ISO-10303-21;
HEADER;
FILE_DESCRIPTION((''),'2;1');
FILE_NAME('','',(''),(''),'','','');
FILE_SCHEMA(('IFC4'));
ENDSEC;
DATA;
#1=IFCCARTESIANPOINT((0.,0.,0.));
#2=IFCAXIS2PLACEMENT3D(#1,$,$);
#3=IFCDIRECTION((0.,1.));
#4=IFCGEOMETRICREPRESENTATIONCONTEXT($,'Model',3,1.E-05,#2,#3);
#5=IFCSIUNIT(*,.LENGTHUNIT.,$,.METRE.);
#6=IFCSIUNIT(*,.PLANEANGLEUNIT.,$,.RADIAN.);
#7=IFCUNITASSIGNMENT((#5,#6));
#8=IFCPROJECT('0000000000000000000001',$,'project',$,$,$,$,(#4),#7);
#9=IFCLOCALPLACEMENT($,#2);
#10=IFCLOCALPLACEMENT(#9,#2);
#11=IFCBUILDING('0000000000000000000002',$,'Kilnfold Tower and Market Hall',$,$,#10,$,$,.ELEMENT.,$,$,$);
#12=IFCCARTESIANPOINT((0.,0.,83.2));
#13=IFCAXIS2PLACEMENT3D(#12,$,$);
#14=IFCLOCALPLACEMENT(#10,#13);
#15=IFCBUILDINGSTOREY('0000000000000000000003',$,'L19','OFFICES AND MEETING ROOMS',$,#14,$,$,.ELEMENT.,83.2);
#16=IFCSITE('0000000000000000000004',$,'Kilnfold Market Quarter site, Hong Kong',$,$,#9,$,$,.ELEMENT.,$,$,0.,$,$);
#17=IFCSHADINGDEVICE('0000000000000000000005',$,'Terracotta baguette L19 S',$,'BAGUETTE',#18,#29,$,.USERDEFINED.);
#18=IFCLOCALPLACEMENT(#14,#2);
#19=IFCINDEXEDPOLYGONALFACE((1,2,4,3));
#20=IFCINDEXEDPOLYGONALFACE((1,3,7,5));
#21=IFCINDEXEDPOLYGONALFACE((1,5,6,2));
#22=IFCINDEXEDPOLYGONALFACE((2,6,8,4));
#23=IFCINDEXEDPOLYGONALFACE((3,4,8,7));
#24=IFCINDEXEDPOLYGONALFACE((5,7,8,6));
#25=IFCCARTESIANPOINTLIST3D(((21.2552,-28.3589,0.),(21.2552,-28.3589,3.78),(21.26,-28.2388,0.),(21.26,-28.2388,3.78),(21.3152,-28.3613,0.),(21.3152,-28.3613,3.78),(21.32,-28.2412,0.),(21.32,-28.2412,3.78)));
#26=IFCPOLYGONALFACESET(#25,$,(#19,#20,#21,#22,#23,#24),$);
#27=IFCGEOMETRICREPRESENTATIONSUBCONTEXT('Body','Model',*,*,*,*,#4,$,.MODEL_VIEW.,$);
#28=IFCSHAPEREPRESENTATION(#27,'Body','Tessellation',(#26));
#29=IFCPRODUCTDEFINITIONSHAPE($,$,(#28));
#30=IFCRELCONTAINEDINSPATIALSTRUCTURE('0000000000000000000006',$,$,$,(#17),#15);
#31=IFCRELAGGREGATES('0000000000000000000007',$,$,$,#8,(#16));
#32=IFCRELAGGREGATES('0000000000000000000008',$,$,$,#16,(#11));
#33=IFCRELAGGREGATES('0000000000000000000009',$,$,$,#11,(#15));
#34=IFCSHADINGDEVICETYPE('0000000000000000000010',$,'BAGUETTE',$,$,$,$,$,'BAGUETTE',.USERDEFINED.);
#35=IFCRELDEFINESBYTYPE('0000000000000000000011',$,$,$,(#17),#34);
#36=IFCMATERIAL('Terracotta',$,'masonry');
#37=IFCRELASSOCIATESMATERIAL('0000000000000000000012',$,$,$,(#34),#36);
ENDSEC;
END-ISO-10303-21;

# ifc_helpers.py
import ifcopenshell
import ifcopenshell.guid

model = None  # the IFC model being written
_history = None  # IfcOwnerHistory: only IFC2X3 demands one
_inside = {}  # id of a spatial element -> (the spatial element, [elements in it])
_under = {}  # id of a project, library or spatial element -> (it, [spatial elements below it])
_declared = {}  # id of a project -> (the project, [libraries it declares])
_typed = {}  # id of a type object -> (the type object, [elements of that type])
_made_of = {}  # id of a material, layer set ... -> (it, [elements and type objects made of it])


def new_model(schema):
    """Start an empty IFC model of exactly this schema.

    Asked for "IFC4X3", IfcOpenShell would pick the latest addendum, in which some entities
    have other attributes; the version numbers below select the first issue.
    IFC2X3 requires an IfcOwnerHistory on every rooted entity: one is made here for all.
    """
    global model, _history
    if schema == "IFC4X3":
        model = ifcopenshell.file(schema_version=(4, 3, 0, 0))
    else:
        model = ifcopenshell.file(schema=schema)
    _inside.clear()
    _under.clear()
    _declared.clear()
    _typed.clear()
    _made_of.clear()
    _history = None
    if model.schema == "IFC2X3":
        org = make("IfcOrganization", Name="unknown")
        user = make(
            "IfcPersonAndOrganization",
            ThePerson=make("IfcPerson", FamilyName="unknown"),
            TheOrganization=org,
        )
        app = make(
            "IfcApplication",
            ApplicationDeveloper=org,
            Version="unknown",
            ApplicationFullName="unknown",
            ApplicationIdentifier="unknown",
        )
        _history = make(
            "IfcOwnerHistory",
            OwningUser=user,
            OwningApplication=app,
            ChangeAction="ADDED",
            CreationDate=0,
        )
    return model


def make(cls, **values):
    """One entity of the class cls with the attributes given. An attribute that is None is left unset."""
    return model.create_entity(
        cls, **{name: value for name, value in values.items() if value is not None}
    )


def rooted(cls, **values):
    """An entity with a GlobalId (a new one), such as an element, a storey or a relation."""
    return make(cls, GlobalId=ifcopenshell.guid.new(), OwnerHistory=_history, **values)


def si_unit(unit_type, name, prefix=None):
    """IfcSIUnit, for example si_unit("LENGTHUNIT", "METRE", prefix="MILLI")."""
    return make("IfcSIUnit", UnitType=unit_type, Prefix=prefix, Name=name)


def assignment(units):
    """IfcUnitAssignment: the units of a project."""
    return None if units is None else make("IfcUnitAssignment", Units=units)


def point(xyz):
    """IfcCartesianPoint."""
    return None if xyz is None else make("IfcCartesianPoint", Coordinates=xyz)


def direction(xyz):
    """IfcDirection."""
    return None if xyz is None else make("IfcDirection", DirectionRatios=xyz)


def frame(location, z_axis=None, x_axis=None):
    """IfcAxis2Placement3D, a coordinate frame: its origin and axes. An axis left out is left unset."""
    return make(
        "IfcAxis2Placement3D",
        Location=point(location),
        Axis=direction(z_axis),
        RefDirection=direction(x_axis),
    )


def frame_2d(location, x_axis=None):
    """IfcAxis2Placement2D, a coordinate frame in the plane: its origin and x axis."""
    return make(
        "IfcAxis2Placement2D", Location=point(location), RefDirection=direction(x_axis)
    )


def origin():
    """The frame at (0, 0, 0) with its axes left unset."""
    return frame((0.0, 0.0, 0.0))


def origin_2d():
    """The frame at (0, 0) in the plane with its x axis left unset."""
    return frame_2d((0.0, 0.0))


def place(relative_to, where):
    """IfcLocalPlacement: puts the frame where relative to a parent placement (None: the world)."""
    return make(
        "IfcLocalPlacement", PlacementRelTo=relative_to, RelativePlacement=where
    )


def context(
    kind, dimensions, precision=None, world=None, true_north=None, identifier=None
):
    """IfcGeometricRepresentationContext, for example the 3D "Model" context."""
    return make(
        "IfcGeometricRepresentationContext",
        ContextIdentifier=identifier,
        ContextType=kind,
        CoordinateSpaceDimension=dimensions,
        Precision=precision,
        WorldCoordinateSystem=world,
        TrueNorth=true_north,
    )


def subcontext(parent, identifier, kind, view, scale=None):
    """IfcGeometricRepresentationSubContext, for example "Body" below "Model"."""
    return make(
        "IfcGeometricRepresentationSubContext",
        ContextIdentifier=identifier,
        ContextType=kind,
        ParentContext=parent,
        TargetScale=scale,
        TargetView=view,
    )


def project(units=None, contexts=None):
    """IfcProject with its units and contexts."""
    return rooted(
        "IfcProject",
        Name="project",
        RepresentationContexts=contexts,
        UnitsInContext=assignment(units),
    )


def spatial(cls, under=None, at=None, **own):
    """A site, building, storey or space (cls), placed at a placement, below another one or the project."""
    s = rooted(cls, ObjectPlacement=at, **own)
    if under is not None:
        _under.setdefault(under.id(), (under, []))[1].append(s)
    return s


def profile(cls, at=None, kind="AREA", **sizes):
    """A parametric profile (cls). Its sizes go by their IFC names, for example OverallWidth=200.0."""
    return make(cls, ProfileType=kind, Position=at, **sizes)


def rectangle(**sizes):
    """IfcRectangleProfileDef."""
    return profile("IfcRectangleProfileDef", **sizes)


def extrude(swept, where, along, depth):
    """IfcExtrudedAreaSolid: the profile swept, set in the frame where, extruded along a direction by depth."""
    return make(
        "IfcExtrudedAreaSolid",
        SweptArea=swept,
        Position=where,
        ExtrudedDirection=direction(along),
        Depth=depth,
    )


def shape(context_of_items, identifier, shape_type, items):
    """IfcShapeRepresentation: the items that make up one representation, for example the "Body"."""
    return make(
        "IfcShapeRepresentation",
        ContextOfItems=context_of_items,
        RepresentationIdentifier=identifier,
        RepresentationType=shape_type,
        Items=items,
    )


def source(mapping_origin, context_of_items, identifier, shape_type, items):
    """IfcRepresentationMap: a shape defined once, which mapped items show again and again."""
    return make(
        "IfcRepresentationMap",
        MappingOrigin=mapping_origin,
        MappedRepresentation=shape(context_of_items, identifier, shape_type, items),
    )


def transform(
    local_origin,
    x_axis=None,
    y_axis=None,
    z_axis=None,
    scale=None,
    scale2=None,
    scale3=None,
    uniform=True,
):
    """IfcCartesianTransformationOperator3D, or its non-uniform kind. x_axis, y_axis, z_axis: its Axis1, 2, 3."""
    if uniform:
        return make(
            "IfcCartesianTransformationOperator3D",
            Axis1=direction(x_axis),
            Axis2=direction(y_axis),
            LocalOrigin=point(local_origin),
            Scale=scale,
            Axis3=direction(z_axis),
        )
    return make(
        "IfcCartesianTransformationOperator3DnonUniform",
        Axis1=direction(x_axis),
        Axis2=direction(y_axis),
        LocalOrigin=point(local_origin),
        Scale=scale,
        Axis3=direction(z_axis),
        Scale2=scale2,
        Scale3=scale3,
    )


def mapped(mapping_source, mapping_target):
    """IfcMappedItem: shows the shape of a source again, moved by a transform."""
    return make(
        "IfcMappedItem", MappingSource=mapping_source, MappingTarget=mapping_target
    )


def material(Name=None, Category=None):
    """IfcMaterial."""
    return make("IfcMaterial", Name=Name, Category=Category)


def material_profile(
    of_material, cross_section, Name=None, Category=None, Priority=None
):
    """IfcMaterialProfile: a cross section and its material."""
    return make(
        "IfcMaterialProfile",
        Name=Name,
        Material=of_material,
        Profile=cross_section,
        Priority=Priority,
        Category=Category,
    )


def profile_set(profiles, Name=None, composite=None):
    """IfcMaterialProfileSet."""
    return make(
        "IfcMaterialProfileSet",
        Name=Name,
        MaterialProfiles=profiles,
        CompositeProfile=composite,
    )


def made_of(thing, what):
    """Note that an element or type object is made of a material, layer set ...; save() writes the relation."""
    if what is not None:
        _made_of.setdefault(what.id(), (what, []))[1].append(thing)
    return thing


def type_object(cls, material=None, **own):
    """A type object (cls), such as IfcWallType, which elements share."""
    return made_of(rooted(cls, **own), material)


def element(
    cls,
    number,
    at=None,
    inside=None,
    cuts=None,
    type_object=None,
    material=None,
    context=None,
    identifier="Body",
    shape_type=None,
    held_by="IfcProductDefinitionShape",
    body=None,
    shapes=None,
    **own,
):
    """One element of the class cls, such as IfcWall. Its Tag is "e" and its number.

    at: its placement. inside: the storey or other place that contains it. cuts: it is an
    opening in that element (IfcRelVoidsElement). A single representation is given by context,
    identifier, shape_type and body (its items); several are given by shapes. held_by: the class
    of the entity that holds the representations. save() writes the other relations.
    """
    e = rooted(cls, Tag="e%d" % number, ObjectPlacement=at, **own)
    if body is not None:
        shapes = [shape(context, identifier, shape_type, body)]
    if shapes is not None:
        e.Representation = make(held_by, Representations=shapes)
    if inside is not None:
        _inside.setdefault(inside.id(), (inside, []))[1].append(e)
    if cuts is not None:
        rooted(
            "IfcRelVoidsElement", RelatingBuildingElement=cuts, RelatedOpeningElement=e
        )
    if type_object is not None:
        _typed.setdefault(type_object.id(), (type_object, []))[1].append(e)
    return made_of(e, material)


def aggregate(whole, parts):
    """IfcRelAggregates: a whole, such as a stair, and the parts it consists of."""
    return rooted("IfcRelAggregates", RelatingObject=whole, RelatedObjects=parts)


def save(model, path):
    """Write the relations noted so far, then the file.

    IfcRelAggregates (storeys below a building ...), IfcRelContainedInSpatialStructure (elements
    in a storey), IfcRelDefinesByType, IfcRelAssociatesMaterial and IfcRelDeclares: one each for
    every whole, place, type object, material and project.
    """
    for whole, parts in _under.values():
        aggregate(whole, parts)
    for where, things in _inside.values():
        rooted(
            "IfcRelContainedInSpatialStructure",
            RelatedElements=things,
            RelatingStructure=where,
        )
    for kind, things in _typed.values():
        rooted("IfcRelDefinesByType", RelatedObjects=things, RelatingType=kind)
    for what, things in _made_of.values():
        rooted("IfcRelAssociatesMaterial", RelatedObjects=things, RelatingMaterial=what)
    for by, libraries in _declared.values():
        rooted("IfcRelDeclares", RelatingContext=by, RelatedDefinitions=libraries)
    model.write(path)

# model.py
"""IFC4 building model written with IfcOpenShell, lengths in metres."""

from ifc_helpers import new_model, si_unit, direction, frame, origin, origin_2d, place, context, subcontext, project, spatial, rectangle, extrude, source, transform, mapped, material, material_profile, profile_set, type_object, element, save


model = new_model("IFC4")

# Units and contexts
model_context = context("Model", 3, precision=1e-05, world=origin(), true_north=direction((0.0, 1.0)))
body_context = subcontext(model_context, "Body", "Model", "MODEL_VIEW")
ifc_project = project(units=[si_unit("LENGTHUNIT", "METRE"), si_unit("PLANEANGLEUNIT", "RADIAN")], contexts=[model_context])

# Site, building, storey
site_placement = place(None, origin())
site = spatial("IfcSite", under=ifc_project, at=site_placement, Name="Kilnfold Market Quarter site, Hong Kong", CompositionType="ELEMENT", RefElevation=0.0)
building_placement = place(site_placement, origin())
building = spatial("IfcBuilding", under=site, at=building_placement, Name="Kilnfold Tower and Market Hall", CompositionType="ELEMENT")
storey_placement = place(building_placement, frame((0.0, 0.0, 83.2)))
storey = spatial("IfcBuildingStorey", under=building, at=storey_placement, Name="L19", Description="OFFICES AND MEETING ROOMS", CompositionType="ELEMENT", Elevation=83.2)

# Shading device
ifc_material_1 = material(Name="Terracotta", Category="masonry")
ifc_material_profile_1 = material_profile(ifc_material_1, rectangle(XDim=0.0601, YDim=0.1201, at=origin_2d()), Name="BAG 60x120")
ifc_profile_set_1 = profile_set([ifc_material_profile_1], Name="Terracotta")
shading_device_type = type_object("IfcShadingDeviceType", Name="BAGUETTE", ElementType="BAGUETTE", PredefinedType="USERDEFINED", material=ifc_profile_set_1)
shared_shape_1 = source(origin(), body_context, "Body", "SweptSolid", [
    extrude(rectangle(XDim=0.0601, YDim=0.1201, at=origin_2d()), origin(), (0.0, 0.0, 1.0), 3.78),
])
for number, where, z_axis, x_axis, name in (
    (1, (21.2876, -28.3, 0.0), (0.0, 0.0, 1.0), (0.999195, -0.040116, 0.0), "Terracotta baguette L19 S"),
):
    element("IfcShadingDevice", number, at=place(storey_placement, frame(where, z_axis=z_axis, x_axis=x_axis)), inside=storey, type_object=shading_device_type, Name=name, ObjectType="BAGUETTE", PredefinedType="USERDEFINED", context=body_context, shape_type="MappedRepresentation", body=[
        mapped(shared_shape_1, transform((0.0, 0.0, 0.0))),
    ])

save(model, "model.ifc")
